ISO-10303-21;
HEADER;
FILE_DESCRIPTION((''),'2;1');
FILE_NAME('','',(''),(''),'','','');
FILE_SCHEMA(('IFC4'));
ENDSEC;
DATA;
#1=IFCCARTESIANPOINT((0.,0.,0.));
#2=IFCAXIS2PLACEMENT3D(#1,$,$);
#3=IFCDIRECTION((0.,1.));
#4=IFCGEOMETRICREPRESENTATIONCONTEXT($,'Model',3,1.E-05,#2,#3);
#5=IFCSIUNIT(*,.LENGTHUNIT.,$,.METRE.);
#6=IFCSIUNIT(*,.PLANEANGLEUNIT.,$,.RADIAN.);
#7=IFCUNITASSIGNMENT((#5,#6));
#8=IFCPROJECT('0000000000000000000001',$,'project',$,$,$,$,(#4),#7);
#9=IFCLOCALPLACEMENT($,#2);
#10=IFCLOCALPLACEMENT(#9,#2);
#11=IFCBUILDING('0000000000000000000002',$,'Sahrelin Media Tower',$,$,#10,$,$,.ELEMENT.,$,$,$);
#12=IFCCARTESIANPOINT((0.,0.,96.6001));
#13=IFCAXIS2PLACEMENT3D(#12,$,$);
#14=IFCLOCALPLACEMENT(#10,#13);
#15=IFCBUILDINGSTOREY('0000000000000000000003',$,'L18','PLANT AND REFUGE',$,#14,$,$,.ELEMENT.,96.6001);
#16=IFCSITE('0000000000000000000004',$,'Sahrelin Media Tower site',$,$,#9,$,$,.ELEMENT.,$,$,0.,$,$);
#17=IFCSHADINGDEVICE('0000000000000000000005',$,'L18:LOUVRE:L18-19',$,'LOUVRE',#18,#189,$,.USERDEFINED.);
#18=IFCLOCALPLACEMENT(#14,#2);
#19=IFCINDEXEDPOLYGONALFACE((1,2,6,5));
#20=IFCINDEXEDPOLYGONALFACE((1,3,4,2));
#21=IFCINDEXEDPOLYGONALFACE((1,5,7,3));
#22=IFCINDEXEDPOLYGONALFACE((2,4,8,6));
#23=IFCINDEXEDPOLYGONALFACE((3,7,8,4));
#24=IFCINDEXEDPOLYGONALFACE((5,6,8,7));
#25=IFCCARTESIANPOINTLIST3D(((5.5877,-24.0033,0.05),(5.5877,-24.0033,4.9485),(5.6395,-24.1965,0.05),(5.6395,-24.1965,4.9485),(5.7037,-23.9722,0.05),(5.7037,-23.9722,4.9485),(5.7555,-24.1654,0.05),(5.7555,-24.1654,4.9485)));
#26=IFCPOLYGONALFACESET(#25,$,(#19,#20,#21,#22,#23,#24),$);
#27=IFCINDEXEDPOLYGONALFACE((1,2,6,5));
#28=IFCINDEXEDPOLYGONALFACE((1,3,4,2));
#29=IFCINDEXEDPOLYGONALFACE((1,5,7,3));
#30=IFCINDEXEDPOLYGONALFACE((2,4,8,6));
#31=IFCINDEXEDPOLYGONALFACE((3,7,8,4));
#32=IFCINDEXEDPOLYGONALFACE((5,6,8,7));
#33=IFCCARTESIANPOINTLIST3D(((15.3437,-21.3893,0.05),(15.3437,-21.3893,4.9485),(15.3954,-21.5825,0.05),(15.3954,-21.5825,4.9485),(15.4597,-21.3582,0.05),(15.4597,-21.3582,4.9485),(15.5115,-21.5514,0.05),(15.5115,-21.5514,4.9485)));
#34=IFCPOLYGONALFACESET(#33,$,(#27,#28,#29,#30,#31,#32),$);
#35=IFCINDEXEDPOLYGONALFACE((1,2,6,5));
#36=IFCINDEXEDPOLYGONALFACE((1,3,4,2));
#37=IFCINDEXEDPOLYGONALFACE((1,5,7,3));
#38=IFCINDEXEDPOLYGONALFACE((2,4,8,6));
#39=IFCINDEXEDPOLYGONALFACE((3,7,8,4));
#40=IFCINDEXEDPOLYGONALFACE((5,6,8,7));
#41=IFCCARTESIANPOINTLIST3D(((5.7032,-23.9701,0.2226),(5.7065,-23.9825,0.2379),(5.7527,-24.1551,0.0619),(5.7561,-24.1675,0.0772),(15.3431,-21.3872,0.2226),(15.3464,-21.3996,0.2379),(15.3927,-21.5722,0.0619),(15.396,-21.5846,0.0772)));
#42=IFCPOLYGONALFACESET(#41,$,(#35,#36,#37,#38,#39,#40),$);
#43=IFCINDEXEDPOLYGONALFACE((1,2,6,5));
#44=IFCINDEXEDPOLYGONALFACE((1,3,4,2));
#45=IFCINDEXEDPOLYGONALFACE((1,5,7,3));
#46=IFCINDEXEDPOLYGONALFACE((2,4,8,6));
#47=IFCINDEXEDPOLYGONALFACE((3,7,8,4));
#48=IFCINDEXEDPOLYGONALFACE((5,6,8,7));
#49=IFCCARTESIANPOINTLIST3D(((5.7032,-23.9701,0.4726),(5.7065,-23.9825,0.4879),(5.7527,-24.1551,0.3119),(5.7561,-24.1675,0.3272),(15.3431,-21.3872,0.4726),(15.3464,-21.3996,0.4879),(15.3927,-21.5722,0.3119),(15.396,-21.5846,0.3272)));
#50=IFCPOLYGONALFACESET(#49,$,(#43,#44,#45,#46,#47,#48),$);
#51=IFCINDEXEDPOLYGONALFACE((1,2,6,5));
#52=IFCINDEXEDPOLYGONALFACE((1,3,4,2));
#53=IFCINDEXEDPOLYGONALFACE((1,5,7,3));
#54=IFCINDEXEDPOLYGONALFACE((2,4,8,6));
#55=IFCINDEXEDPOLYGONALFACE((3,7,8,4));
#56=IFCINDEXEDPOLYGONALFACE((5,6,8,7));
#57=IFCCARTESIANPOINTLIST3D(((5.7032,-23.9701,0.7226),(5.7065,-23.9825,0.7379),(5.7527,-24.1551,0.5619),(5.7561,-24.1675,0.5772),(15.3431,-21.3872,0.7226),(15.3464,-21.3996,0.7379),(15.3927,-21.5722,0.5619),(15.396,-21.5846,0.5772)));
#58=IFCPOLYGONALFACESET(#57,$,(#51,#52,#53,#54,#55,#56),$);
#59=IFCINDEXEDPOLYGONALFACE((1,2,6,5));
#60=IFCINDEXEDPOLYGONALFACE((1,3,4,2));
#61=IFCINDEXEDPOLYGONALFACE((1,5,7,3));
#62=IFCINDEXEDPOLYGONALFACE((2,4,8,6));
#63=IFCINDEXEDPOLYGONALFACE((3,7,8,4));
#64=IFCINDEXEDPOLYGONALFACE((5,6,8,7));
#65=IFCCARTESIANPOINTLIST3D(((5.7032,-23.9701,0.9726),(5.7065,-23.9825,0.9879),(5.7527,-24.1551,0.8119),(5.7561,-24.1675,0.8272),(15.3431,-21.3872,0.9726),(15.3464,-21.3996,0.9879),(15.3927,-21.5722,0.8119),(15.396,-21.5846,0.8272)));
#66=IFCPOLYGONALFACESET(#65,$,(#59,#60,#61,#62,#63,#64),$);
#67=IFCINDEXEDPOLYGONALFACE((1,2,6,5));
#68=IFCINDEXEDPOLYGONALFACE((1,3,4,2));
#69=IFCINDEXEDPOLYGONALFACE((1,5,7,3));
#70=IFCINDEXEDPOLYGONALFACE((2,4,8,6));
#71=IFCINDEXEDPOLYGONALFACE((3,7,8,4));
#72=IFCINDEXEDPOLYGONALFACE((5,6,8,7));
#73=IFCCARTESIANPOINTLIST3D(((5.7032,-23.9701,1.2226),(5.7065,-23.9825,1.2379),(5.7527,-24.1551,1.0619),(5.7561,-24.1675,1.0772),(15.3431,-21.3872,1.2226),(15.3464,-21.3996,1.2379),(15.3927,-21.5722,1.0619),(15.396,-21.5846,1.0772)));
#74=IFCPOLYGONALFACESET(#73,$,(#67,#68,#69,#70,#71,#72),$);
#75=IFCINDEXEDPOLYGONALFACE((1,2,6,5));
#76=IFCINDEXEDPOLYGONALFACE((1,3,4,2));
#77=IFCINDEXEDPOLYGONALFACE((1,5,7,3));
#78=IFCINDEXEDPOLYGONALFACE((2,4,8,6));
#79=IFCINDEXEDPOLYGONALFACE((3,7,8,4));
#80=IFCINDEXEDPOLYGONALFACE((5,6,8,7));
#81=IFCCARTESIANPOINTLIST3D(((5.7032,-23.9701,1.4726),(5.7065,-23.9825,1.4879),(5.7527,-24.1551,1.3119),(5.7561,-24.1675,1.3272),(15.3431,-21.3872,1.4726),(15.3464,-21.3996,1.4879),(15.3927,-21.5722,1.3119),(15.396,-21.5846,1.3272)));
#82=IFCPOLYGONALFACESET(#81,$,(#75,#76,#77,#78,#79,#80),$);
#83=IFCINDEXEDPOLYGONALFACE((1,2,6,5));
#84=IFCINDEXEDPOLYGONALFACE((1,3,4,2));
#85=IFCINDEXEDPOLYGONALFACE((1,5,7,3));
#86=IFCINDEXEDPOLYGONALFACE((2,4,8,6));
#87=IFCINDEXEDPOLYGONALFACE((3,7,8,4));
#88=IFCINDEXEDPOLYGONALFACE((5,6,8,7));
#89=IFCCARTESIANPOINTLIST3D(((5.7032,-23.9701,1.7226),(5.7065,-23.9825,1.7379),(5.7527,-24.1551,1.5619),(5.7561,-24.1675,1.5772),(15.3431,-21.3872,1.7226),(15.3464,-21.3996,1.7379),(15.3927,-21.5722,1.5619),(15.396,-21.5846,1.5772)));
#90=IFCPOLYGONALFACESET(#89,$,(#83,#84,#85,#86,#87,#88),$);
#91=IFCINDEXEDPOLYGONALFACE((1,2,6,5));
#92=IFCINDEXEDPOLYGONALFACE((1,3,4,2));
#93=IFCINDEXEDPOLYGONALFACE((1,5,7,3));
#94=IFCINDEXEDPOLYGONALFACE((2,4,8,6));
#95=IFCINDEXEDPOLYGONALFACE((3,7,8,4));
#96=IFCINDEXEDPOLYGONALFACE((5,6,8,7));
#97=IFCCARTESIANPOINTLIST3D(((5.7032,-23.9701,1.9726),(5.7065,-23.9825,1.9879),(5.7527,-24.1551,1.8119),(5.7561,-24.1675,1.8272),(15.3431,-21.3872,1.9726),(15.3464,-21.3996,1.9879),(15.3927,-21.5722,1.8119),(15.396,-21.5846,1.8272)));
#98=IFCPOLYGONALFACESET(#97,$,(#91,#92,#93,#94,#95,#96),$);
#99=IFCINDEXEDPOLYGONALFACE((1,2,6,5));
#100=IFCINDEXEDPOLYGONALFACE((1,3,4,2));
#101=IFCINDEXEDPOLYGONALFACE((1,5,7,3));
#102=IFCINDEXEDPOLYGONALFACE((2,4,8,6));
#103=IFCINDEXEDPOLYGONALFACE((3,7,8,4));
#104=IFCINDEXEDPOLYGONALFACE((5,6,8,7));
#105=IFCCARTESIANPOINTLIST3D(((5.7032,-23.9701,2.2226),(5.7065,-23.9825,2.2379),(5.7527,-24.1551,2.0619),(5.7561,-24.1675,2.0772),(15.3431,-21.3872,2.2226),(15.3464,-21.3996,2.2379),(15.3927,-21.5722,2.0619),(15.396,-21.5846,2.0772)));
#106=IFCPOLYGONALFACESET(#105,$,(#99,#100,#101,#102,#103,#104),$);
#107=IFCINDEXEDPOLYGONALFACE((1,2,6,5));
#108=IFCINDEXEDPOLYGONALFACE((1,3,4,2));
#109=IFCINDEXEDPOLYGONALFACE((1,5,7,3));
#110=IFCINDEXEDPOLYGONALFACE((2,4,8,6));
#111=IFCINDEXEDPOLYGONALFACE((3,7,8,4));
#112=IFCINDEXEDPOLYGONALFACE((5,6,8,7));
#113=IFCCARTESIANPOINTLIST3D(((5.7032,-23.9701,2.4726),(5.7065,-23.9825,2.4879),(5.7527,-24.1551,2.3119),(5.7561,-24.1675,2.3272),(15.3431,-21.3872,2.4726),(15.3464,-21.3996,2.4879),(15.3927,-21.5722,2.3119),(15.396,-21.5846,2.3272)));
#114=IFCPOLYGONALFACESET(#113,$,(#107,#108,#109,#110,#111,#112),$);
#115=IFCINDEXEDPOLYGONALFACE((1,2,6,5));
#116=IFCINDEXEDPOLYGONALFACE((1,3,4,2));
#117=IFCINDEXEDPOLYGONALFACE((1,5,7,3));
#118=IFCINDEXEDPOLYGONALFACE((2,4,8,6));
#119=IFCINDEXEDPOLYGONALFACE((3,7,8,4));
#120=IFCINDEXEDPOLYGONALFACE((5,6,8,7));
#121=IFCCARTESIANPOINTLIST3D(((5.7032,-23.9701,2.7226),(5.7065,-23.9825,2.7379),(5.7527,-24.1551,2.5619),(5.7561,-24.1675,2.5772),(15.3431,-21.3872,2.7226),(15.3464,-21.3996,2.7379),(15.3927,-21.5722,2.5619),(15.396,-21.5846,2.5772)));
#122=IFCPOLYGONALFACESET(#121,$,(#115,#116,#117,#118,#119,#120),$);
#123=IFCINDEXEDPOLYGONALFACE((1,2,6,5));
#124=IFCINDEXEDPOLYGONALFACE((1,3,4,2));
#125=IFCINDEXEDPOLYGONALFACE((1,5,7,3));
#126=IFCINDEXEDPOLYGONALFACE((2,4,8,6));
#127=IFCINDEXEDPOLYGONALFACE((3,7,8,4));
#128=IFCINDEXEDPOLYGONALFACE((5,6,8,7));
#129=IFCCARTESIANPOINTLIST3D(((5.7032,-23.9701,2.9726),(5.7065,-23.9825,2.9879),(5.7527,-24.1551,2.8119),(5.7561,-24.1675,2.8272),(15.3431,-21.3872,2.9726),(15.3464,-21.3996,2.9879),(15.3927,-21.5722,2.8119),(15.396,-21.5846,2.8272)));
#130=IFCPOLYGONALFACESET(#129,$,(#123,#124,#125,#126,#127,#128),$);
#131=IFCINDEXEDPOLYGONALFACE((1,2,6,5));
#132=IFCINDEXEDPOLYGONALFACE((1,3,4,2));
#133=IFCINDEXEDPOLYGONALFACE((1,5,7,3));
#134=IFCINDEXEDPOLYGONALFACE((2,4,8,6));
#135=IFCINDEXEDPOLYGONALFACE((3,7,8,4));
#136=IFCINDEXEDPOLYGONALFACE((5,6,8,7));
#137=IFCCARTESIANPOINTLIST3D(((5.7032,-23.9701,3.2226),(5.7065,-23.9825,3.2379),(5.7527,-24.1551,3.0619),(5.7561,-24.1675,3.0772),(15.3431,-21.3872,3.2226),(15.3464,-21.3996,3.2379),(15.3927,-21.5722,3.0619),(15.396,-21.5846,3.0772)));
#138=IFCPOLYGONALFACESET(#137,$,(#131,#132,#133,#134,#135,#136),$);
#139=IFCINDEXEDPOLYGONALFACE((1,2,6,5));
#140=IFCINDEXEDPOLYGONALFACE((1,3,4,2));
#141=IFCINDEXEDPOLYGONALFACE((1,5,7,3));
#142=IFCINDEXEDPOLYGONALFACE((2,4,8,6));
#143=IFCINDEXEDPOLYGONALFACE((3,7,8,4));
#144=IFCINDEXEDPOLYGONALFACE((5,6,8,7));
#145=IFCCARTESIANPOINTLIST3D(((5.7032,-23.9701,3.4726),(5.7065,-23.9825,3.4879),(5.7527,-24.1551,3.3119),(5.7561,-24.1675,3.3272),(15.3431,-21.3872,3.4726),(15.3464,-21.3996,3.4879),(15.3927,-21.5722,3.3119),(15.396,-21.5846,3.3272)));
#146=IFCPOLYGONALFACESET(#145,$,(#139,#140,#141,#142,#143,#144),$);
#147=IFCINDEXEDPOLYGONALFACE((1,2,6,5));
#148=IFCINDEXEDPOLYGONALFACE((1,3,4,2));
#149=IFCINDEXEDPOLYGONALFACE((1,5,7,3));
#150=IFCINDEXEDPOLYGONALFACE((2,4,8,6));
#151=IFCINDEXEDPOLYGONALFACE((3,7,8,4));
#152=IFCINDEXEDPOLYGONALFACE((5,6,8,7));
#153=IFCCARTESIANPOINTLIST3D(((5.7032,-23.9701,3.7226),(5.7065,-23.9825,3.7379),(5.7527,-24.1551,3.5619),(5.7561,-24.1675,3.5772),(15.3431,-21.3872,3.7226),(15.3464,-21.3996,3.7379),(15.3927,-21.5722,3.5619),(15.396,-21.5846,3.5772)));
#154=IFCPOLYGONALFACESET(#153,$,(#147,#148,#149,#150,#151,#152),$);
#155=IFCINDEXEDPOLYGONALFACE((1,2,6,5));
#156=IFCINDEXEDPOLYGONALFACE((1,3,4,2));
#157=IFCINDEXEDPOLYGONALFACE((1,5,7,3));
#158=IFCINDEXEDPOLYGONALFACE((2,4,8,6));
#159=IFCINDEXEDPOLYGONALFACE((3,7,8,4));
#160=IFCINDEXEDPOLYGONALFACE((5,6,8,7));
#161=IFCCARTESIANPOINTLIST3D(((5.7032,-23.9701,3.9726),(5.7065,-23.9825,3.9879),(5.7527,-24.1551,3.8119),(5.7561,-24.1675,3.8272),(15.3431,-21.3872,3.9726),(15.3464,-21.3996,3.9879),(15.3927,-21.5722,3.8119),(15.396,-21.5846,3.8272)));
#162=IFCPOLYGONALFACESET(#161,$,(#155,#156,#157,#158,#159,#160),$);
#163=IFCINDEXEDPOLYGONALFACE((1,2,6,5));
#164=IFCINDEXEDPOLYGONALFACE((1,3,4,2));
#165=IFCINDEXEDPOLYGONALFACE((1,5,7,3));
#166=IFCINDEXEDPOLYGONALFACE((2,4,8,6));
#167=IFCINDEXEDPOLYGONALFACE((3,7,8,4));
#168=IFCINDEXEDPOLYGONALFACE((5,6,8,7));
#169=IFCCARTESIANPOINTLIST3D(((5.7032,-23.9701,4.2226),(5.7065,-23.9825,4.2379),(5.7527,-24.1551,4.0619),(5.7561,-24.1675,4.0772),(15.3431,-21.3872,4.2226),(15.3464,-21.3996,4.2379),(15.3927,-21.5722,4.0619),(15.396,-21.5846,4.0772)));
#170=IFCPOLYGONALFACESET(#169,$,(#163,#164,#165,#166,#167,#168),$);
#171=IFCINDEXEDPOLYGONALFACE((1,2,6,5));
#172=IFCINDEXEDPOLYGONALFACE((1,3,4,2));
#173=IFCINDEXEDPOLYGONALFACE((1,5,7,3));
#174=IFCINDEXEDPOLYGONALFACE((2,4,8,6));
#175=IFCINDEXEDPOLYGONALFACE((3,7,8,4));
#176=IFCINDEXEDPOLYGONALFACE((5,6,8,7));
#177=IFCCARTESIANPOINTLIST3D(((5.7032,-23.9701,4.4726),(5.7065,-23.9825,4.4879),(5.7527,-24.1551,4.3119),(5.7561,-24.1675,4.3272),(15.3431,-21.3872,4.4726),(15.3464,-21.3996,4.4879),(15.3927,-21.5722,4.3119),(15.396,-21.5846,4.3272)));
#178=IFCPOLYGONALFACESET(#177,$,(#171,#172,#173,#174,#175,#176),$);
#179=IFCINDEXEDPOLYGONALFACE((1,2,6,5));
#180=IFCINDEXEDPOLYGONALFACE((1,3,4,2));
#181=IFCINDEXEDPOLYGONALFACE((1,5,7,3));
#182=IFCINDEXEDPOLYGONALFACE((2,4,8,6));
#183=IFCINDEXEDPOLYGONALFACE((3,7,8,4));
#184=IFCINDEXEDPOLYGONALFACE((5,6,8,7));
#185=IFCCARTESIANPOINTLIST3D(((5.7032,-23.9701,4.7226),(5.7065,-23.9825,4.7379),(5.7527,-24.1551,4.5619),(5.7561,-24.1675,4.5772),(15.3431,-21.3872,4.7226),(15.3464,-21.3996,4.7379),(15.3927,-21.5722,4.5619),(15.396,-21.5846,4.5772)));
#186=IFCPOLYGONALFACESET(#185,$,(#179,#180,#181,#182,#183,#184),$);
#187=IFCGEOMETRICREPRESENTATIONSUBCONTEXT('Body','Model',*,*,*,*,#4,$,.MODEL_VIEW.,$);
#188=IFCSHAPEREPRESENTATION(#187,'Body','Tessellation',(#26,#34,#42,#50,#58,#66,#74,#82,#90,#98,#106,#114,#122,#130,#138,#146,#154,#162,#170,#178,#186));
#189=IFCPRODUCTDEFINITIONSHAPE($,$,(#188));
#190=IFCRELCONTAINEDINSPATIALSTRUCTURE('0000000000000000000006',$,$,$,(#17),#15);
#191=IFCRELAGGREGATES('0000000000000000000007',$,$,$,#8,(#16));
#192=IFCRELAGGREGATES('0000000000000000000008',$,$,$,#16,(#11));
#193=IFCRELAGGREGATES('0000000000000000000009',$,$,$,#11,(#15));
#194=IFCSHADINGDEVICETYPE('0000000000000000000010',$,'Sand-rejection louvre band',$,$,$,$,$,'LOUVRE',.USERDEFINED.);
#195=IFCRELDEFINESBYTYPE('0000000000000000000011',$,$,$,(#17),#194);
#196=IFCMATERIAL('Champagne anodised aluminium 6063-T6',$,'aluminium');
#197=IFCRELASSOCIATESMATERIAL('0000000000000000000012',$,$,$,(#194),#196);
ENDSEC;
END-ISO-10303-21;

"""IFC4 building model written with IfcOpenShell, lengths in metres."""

from ifc_helpers import new_model, si_unit, direction, frame, origin, origin_2d, place, context, subcontext, project, spatial, rectangle, extrude, material, type_object, element, save


model = new_model("IFC4")

# Units and contexts
model_context = context("Model", 3, precision=1e-05, world=origin(), true_north=direction((0.0, 1.0)))
body_context = subcontext(model_context, "Body", "Model", "MODEL_VIEW")
ifc_project = project(units=[si_unit("LENGTHUNIT", "METRE"), si_unit("PLANEANGLEUNIT", "RADIAN")], contexts=[model_context])

# Site, building, storey
site_placement = place(None, origin())
site = spatial("IfcSite", under=ifc_project, at=site_placement, Name="Sahrelin Media Tower site", CompositionType="ELEMENT", RefElevation=0.0)
building_placement = place(site_placement, origin())
building = spatial("IfcBuilding", under=site, at=building_placement, Name="Sahrelin Media Tower", CompositionType="ELEMENT")
storey_placement = place(building_placement, frame((0.0, 0.0, 96.6001)))
storey = spatial("IfcBuildingStorey", under=building, at=storey_placement, Name="L18", Description="PLANT AND REFUGE", CompositionType="ELEMENT", Elevation=96.6001)

# Shared definitions
ifc_material_1 = material(Name="Champagne anodised aluminium 6063-T6", Category="aluminium")

# Shading device
shading_device_type = type_object("IfcShadingDeviceType", Name="Sand-rejection louvre band", ElementType="LOUVRE", PredefinedType="USERDEFINED", material=ifc_material_1)
shading_device_placement = place(storey_placement, frame((10.5237, -22.6807, 0.0), z_axis=(0.0, 0.0, 1.0), x_axis=(-0.965929, -0.258808, 0.0)))
element("IfcShadingDevice", 1, at=shading_device_placement, inside=storey, type_object=shading_device_type, Name="L18:LOUVRE:L18-19", ObjectType="LOUVRE", PredefinedType="USERDEFINED", context=body_context, shape_type="SweptSolid", body=[
    extrude(rectangle(XDim=0.1201, YDim=0.2, at=origin_2d()), frame((5.05, 0.1001, 0.05), z_axis=(0.0, 0.0, 1.0), x_axis=(1.0, 0.0, 0.0)), (0.0, 0.0, 1.0), 4.8984),
    extrude(rectangle(XDim=0.1201, YDim=0.2, at=origin_2d()), frame((-5.05, 0.1001, 0.05), z_axis=(0.0, 0.0, 1.0), x_axis=(1.0, 0.0, 0.0)), (0.0, 0.0, 1.0), 4.8984),
    extrude(rectangle(XDim=0.25, YDim=0.02, at=origin_2d()), frame((4.99, 0.1001, 0.1499), z_axis=(-1.0, 0.0, 0.0), x_axis=(0.0, -0.766044, 0.642788)), (0.0, 0.0, 1.0), 9.98),
    extrude(rectangle(XDim=0.25, YDim=0.02, at=origin_2d()), frame((4.99, 0.1001, 0.3999), z_axis=(-1.0, 0.0, 0.0), x_axis=(0.0, -0.766044, 0.642788)), (0.0, 0.0, 1.0), 9.98),
    extrude(rectangle(XDim=0.25, YDim=0.02, at=origin_2d()), frame((4.99, 0.1001, 0.6499), z_axis=(-1.0, 0.0, 0.0), x_axis=(0.0, -0.766044, 0.642788)), (0.0, 0.0, 1.0), 9.98),
    extrude(rectangle(XDim=0.25, YDim=0.02, at=origin_2d()), frame((4.99, 0.1001, 0.8999), z_axis=(-1.0, 0.0, 0.0), x_axis=(0.0, -0.766044, 0.642788)), (0.0, 0.0, 1.0), 9.98),
    extrude(rectangle(XDim=0.25, YDim=0.02, at=origin_2d()), frame((4.99, 0.1001, 1.1499), z_axis=(-1.0, 0.0, 0.0), x_axis=(0.0, -0.766044, 0.642788)), (0.0, 0.0, 1.0), 9.98),
    extrude(rectangle(XDim=0.25, YDim=0.02, at=origin_2d()), frame((4.99, 0.1001, 1.3999), z_axis=(-1.0, 0.0, 0.0), x_axis=(0.0, -0.766044, 0.642788)), (0.0, 0.0, 1.0), 9.98),
    extrude(rectangle(XDim=0.25, YDim=0.02, at=origin_2d()), frame((4.99, 0.1001, 1.6499), z_axis=(-1.0, 0.0, 0.0), x_axis=(0.0, -0.766044, 0.642788)), (0.0, 0.0, 1.0), 9.98),
    extrude(rectangle(XDim=0.25, YDim=0.02, at=origin_2d()), frame((4.99, 0.1001, 1.8999), z_axis=(-1.0, 0.0, 0.0), x_axis=(0.0, -0.766044, 0.642788)), (0.0, 0.0, 1.0), 9.98),
    extrude(rectangle(XDim=0.25, YDim=0.02, at=origin_2d()), frame((4.99, 0.1001, 2.1499), z_axis=(-1.0, 0.0, 0.0), x_axis=(0.0, -0.766044, 0.642788)), (0.0, 0.0, 1.0), 9.98),
    extrude(rectangle(XDim=0.25, YDim=0.02, at=origin_2d()), frame((4.99, 0.1001, 2.3999), z_axis=(-1.0, 0.0, 0.0), x_axis=(0.0, -0.766044, 0.642788)), (0.0, 0.0, 1.0), 9.98),
    extrude(rectangle(XDim=0.25, YDim=0.02, at=origin_2d()), frame((4.99, 0.1001, 2.6499), z_axis=(-1.0, 0.0, 0.0), x_axis=(0.0, -0.766044, 0.642788)), (0.0, 0.0, 1.0), 9.98),
    extrude(rectangle(XDim=0.25, YDim=0.02, at=origin_2d()), frame((4.99, 0.1001, 2.8999), z_axis=(-1.0, 0.0, 0.0), x_axis=(0.0, -0.766044, 0.642788)), (0.0, 0.0, 1.0), 9.98),
    extrude(rectangle(XDim=0.25, YDim=0.02, at=origin_2d()), frame((4.99, 0.1001, 3.1499), z_axis=(-1.0, 0.0, 0.0), x_axis=(0.0, -0.766044, 0.642788)), (0.0, 0.0, 1.0), 9.98),
    extrude(rectangle(XDim=0.25, YDim=0.02, at=origin_2d()), frame((4.99, 0.1001, 3.3999), z_axis=(-1.0, 0.0, 0.0), x_axis=(0.0, -0.766044, 0.642788)), (0.0, 0.0, 1.0), 9.98),
    extrude(rectangle(XDim=0.25, YDim=0.02, at=origin_2d()), frame((4.99, 0.1001, 3.6499), z_axis=(-1.0, 0.0, 0.0), x_axis=(0.0, -0.766044, 0.642788)), (0.0, 0.0, 1.0), 9.98),
    extrude(rectangle(XDim=0.25, YDim=0.02, at=origin_2d()), frame((4.99, 0.1001, 3.8999), z_axis=(-1.0, 0.0, 0.0), x_axis=(0.0, -0.766044, 0.642788)), (0.0, 0.0, 1.0), 9.98),
    extrude(rectangle(XDim=0.25, YDim=0.02, at=origin_2d()), frame((4.99, 0.1001, 4.1499), z_axis=(-1.0, 0.0, 0.0), x_axis=(0.0, -0.766044, 0.642788)), (0.0, 0.0, 1.0), 9.98),
    extrude(rectangle(XDim=0.25, YDim=0.02, at=origin_2d()), frame((4.99, 0.1001, 4.3999), z_axis=(-1.0, 0.0, 0.0), x_axis=(0.0, -0.766044, 0.642788)), (0.0, 0.0, 1.0), 9.98),
    extrude(rectangle(XDim=0.25, YDim=0.02, at=origin_2d()), frame((4.99, 0.1001, 4.6499), z_axis=(-1.0, 0.0, 0.0), x_axis=(0.0, -0.766044, 0.642788)), (0.0, 0.0, 1.0), 9.98),
])

save(model, "model.ifc")
